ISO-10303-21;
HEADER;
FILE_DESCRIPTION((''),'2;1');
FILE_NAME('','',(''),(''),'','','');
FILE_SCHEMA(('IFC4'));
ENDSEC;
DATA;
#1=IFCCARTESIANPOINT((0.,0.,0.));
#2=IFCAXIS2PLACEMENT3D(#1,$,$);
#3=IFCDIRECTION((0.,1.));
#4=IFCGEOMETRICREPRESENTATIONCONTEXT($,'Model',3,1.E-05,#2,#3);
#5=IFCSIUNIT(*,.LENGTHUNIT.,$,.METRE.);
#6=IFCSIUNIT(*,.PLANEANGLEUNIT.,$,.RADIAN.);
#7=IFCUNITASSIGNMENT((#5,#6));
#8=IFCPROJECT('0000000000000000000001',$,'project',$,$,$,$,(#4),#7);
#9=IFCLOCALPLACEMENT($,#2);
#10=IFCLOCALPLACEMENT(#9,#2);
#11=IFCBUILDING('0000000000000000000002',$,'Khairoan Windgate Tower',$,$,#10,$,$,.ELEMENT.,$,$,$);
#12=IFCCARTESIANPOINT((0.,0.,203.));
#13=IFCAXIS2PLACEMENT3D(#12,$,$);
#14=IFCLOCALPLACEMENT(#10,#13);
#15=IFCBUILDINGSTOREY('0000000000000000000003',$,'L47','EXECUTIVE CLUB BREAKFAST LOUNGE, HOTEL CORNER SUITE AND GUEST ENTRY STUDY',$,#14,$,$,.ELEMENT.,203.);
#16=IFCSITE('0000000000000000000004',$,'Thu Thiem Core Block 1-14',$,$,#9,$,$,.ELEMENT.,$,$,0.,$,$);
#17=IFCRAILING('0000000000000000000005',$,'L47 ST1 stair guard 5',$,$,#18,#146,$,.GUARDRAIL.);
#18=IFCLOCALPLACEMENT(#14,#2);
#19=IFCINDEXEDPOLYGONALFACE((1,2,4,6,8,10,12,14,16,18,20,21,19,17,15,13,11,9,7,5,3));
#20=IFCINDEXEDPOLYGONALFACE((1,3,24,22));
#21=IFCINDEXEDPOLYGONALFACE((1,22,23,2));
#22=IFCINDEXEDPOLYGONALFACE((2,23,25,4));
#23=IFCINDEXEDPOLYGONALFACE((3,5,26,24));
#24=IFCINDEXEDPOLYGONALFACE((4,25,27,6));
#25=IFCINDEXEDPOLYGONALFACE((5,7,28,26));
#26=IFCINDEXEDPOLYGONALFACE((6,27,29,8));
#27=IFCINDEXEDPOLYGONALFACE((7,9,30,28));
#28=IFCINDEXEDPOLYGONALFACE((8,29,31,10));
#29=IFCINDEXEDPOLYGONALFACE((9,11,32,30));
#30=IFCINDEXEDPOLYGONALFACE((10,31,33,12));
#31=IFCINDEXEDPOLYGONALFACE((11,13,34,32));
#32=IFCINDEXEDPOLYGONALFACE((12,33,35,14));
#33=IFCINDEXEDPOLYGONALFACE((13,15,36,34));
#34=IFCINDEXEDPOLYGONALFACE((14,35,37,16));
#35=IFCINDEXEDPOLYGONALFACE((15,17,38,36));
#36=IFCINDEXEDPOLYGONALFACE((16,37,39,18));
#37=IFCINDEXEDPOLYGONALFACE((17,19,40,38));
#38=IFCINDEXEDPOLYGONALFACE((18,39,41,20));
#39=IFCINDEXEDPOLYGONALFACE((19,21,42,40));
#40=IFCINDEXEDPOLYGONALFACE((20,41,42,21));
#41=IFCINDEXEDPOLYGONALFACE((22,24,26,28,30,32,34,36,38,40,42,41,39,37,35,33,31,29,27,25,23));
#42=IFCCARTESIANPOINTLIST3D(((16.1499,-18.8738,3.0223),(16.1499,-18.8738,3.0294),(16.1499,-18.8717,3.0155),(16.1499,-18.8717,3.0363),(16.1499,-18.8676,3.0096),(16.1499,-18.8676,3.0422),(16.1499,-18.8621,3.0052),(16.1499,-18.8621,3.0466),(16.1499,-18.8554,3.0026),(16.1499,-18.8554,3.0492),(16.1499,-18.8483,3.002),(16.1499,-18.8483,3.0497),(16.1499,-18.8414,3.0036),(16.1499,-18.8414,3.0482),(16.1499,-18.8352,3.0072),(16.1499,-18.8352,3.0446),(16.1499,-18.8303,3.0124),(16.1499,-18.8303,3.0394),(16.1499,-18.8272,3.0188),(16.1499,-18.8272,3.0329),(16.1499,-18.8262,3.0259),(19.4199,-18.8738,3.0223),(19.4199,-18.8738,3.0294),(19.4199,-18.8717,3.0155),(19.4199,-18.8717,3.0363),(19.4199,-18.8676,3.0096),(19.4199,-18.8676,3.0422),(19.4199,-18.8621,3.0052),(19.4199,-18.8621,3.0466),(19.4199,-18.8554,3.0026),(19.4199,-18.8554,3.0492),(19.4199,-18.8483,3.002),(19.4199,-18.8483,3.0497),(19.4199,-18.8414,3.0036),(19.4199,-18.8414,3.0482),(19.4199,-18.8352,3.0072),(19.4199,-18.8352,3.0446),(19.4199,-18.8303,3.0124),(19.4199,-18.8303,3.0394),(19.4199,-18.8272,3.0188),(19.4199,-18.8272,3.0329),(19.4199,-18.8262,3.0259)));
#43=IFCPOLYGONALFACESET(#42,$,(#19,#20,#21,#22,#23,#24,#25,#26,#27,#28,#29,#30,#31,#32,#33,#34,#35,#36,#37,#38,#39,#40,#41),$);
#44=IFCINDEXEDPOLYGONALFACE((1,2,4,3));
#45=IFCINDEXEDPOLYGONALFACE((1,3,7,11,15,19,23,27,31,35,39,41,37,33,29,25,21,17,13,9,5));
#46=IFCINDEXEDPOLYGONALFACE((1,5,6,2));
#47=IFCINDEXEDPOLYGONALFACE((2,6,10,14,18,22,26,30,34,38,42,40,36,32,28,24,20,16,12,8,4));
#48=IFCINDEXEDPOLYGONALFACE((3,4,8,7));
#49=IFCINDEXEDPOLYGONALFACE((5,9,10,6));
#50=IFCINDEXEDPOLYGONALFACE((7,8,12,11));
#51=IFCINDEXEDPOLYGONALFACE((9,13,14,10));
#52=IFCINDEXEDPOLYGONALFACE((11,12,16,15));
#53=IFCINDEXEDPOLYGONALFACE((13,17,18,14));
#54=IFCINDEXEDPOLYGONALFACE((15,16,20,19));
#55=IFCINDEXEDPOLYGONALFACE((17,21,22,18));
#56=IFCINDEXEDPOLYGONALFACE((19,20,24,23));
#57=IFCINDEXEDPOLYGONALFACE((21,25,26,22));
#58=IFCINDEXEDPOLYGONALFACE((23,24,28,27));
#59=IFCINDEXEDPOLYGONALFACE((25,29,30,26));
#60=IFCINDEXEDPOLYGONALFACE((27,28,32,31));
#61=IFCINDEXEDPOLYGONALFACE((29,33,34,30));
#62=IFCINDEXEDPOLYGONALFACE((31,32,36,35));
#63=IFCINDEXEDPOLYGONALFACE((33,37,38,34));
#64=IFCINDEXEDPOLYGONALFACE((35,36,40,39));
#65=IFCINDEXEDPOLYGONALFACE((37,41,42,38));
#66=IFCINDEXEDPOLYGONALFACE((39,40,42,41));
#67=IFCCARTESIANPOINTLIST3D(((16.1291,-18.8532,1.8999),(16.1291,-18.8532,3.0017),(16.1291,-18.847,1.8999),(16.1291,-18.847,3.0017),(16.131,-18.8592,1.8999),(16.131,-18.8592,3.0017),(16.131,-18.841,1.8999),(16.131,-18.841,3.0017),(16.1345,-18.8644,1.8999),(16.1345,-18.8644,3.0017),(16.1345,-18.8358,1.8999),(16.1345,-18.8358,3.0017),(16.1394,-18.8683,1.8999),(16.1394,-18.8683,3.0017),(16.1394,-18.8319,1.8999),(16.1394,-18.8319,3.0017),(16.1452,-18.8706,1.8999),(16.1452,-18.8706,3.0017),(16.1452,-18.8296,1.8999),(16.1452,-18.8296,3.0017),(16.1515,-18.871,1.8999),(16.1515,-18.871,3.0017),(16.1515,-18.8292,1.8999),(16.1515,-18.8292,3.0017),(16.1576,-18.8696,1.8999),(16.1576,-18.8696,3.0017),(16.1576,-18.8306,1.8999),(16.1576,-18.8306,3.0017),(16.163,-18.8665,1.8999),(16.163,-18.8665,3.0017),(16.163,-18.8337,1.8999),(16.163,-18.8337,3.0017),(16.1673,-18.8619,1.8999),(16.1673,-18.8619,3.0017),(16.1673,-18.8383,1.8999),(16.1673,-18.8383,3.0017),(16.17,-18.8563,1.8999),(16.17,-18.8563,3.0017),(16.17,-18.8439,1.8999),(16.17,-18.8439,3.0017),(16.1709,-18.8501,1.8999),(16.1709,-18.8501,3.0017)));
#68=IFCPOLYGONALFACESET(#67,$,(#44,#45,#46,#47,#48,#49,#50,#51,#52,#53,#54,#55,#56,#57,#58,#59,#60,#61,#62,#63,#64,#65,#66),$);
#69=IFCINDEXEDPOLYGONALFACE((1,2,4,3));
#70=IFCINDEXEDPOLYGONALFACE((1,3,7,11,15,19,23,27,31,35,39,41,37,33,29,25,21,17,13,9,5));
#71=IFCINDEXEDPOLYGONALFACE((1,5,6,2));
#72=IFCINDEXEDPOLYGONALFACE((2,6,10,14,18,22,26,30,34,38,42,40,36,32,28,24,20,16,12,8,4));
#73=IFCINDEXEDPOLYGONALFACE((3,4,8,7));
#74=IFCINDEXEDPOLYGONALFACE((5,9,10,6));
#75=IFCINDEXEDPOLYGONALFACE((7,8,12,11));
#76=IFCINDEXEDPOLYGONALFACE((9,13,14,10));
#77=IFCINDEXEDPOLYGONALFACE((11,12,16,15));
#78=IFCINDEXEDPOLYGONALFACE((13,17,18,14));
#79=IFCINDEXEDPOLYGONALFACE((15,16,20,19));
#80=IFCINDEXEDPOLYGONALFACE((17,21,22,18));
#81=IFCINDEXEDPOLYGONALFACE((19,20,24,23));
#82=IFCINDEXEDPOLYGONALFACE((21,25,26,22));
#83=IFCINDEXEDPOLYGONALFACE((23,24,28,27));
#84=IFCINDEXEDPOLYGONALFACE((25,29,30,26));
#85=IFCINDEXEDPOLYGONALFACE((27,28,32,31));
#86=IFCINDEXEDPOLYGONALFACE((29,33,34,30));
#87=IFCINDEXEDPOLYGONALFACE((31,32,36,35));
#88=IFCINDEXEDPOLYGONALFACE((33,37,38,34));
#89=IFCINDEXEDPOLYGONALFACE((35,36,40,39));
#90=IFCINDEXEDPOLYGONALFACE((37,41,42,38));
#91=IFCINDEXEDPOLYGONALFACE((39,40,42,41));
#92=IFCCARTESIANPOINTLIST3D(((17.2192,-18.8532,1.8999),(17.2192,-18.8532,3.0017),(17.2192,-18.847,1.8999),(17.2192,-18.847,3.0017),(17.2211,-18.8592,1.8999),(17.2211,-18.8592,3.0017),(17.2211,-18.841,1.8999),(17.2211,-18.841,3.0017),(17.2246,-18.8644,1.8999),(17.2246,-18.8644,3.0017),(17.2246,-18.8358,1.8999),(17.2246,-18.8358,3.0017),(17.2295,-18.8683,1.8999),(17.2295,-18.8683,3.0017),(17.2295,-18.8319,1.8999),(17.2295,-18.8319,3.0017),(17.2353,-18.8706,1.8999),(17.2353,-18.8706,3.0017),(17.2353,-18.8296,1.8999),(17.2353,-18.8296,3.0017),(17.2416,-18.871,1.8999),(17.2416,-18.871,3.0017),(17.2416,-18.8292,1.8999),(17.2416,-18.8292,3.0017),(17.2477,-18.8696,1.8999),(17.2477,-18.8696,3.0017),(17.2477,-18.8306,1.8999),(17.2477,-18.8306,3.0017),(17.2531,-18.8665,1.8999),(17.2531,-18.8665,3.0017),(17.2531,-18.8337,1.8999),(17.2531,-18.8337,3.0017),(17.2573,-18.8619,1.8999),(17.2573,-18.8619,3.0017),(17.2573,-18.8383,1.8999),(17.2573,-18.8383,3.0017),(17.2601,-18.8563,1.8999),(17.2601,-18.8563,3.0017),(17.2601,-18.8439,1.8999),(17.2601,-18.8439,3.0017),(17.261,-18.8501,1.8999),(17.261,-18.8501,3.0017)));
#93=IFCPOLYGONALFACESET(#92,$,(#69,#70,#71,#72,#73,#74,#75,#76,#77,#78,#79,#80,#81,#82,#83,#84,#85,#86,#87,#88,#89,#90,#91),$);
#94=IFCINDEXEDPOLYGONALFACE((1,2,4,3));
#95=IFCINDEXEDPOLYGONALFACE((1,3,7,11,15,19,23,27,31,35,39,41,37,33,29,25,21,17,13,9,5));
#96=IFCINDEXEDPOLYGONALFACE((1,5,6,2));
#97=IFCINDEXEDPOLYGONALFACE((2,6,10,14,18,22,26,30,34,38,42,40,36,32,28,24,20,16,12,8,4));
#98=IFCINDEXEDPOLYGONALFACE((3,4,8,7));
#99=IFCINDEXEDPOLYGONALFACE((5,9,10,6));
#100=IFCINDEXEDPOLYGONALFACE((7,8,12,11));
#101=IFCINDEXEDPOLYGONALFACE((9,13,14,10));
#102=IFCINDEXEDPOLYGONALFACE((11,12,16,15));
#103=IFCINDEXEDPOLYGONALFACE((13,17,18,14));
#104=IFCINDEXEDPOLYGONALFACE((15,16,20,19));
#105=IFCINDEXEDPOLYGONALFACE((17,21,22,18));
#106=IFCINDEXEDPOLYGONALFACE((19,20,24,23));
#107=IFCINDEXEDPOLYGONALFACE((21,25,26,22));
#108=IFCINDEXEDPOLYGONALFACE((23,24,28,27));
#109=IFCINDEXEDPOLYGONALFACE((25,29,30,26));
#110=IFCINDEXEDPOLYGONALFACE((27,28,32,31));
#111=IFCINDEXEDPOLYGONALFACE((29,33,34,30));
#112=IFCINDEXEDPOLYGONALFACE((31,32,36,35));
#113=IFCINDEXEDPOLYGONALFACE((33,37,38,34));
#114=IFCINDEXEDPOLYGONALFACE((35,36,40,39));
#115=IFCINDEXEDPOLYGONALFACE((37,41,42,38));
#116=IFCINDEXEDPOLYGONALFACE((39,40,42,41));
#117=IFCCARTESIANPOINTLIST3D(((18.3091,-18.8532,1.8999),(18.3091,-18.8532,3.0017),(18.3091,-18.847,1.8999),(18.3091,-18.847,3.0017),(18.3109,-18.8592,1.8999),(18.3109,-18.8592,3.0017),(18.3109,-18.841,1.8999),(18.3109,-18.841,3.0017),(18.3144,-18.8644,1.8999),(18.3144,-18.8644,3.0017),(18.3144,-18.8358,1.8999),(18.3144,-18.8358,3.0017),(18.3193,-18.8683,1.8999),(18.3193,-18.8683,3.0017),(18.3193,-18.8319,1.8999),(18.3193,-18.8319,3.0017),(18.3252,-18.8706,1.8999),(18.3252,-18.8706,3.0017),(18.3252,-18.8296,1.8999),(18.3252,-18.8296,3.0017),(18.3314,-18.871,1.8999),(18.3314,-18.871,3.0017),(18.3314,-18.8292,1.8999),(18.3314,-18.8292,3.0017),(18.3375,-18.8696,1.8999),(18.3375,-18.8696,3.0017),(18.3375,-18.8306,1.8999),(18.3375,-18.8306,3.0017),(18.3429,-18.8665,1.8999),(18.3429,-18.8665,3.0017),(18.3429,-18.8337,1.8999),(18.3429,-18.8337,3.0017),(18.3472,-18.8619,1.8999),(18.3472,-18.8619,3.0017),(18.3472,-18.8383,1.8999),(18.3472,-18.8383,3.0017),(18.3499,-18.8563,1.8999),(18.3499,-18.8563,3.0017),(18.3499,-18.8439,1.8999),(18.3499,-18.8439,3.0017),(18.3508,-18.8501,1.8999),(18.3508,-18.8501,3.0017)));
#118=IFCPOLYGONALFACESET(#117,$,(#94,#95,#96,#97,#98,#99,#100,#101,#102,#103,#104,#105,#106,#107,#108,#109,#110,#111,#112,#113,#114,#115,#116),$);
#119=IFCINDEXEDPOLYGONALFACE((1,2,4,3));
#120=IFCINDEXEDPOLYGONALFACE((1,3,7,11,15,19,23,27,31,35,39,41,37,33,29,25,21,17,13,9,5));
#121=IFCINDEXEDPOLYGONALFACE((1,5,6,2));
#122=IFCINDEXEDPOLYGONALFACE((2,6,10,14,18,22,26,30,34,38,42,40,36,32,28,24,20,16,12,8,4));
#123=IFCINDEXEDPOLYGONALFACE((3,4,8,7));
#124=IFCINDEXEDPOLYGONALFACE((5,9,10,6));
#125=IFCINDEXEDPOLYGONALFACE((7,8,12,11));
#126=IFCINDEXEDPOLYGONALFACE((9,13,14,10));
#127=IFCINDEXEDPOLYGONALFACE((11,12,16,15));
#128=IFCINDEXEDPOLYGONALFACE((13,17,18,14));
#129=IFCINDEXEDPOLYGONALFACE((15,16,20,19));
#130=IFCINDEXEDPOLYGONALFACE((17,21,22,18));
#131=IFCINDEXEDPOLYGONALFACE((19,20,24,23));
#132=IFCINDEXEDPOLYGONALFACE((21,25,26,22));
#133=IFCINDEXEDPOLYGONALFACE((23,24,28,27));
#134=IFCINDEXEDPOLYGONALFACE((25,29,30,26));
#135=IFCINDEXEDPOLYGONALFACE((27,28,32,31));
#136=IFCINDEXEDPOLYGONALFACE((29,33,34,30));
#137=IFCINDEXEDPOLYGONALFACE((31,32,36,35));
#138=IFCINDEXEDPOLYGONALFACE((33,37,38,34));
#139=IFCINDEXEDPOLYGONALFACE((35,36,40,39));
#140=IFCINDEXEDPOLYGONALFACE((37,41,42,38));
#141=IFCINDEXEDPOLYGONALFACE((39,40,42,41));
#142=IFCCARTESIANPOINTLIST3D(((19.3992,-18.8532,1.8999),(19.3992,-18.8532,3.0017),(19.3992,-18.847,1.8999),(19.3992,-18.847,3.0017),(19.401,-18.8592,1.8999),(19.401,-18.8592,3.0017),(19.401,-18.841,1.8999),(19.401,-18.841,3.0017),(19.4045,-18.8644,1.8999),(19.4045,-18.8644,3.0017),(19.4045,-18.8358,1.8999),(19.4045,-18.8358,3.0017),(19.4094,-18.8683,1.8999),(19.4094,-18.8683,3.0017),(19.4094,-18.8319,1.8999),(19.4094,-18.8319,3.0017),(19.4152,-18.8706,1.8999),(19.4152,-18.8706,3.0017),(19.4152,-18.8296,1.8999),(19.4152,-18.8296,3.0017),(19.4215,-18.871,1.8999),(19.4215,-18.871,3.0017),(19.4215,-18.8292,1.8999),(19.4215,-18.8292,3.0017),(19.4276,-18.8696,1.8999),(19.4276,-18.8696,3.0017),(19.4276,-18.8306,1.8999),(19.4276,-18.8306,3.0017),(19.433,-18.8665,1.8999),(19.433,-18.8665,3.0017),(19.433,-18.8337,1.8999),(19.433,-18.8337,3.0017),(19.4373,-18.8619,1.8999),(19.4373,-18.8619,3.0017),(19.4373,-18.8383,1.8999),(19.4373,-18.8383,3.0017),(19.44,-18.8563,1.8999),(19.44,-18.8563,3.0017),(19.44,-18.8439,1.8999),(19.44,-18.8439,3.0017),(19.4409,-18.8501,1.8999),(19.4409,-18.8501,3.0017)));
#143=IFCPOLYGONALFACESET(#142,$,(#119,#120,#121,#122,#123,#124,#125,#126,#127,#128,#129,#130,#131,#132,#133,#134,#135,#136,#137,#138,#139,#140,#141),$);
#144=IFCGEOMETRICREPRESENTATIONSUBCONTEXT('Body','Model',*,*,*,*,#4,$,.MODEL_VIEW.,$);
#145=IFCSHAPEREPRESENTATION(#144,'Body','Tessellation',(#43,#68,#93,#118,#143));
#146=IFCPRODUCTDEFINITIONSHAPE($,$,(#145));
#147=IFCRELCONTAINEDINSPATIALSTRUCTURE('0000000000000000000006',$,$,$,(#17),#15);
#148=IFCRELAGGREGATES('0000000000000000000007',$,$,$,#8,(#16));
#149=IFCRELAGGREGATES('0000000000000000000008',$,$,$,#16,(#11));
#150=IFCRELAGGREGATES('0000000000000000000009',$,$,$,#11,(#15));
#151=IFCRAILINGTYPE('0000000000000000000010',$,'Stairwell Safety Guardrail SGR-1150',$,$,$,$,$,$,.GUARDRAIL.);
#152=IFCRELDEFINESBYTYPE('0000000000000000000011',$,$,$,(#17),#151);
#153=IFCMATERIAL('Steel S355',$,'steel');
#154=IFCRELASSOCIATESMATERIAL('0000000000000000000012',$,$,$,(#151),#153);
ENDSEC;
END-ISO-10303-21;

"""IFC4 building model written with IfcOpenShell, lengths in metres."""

from ifc_helpers import new_model, si_unit, direction, frame, origin, origin_2d, place, context, subcontext, project, spatial, circle, extrude, material, type_object, element, save


model = new_model("IFC4")

# Units and contexts
model_context = context("Model", 3, precision=1e-05, world=origin(), true_north=direction((0.0, 1.0)))
body_context = subcontext(model_context, "Body", "Model", "MODEL_VIEW")
ifc_project = project(units=[si_unit("LENGTHUNIT", "METRE"), si_unit("PLANEANGLEUNIT", "RADIAN")], contexts=[model_context])

# Site, building, storey
site_placement = place(None, origin())
site = spatial("IfcSite", under=ifc_project, at=site_placement, Name="Thu Thiem Core Block 1-14", CompositionType="ELEMENT", RefElevation=0.0)
building_placement = place(site_placement, origin())
building = spatial("IfcBuilding", under=site, at=building_placement, Name="Khairoan Windgate Tower", CompositionType="ELEMENT")
storey_placement = place(building_placement, frame((0.0, 0.0, 203.0)))
storey = spatial("IfcBuildingStorey", under=building, at=storey_placement, Name="L47", Description="EXECUTIVE CLUB BREAKFAST LOUNGE, HOTEL CORNER SUITE AND GUEST ENTRY STUDY", CompositionType="ELEMENT", Elevation=203.0)

# Railing
ifc_material_1 = material(Name="Steel S355", Category="steel")
railing_type = type_object("IfcRailingType", Name="Stairwell Safety Guardrail SGR-1150", PredefinedType="GUARDRAIL", material=ifc_material_1)
railing_1_placement = place(storey_placement, frame((16.1499, -18.8501, 1.8999)))
element("IfcRailing", 1, at=railing_1_placement, inside=storey, type_object=railing_type, Name="L47 ST1 stair guard 5", PredefinedType="GUARDRAIL", context=body_context, shape_type="SweptSolid", body=[
    extrude(circle(Radius=0.0239, at=origin_2d()), frame((0.0, 0.0, 1.126), z_axis=(1.0, 0.0, 0.0), x_axis=(0.0, 1.0, 0.0)), (0.0, 0.0, 1.0), 3.27),
    extrude(circle(Radius=0.021, at=origin_2d()), origin(), (0.0, 0.0, 1.0), 1.1018),
    extrude(circle(Radius=0.021, at=origin_2d()), frame((1.0901, 0.0, 0.0)), (0.0, 0.0, 1.0), 1.1018),
    extrude(circle(Radius=0.021, at=origin_2d()), frame((2.1799, 0.0, 0.0)), (0.0, 0.0, 1.0), 1.1018),
    extrude(circle(Radius=0.021, at=origin_2d()), frame((3.27, 0.0, 0.0)), (0.0, 0.0, 1.0), 1.1018),
])

save(model, "model.ifc")
